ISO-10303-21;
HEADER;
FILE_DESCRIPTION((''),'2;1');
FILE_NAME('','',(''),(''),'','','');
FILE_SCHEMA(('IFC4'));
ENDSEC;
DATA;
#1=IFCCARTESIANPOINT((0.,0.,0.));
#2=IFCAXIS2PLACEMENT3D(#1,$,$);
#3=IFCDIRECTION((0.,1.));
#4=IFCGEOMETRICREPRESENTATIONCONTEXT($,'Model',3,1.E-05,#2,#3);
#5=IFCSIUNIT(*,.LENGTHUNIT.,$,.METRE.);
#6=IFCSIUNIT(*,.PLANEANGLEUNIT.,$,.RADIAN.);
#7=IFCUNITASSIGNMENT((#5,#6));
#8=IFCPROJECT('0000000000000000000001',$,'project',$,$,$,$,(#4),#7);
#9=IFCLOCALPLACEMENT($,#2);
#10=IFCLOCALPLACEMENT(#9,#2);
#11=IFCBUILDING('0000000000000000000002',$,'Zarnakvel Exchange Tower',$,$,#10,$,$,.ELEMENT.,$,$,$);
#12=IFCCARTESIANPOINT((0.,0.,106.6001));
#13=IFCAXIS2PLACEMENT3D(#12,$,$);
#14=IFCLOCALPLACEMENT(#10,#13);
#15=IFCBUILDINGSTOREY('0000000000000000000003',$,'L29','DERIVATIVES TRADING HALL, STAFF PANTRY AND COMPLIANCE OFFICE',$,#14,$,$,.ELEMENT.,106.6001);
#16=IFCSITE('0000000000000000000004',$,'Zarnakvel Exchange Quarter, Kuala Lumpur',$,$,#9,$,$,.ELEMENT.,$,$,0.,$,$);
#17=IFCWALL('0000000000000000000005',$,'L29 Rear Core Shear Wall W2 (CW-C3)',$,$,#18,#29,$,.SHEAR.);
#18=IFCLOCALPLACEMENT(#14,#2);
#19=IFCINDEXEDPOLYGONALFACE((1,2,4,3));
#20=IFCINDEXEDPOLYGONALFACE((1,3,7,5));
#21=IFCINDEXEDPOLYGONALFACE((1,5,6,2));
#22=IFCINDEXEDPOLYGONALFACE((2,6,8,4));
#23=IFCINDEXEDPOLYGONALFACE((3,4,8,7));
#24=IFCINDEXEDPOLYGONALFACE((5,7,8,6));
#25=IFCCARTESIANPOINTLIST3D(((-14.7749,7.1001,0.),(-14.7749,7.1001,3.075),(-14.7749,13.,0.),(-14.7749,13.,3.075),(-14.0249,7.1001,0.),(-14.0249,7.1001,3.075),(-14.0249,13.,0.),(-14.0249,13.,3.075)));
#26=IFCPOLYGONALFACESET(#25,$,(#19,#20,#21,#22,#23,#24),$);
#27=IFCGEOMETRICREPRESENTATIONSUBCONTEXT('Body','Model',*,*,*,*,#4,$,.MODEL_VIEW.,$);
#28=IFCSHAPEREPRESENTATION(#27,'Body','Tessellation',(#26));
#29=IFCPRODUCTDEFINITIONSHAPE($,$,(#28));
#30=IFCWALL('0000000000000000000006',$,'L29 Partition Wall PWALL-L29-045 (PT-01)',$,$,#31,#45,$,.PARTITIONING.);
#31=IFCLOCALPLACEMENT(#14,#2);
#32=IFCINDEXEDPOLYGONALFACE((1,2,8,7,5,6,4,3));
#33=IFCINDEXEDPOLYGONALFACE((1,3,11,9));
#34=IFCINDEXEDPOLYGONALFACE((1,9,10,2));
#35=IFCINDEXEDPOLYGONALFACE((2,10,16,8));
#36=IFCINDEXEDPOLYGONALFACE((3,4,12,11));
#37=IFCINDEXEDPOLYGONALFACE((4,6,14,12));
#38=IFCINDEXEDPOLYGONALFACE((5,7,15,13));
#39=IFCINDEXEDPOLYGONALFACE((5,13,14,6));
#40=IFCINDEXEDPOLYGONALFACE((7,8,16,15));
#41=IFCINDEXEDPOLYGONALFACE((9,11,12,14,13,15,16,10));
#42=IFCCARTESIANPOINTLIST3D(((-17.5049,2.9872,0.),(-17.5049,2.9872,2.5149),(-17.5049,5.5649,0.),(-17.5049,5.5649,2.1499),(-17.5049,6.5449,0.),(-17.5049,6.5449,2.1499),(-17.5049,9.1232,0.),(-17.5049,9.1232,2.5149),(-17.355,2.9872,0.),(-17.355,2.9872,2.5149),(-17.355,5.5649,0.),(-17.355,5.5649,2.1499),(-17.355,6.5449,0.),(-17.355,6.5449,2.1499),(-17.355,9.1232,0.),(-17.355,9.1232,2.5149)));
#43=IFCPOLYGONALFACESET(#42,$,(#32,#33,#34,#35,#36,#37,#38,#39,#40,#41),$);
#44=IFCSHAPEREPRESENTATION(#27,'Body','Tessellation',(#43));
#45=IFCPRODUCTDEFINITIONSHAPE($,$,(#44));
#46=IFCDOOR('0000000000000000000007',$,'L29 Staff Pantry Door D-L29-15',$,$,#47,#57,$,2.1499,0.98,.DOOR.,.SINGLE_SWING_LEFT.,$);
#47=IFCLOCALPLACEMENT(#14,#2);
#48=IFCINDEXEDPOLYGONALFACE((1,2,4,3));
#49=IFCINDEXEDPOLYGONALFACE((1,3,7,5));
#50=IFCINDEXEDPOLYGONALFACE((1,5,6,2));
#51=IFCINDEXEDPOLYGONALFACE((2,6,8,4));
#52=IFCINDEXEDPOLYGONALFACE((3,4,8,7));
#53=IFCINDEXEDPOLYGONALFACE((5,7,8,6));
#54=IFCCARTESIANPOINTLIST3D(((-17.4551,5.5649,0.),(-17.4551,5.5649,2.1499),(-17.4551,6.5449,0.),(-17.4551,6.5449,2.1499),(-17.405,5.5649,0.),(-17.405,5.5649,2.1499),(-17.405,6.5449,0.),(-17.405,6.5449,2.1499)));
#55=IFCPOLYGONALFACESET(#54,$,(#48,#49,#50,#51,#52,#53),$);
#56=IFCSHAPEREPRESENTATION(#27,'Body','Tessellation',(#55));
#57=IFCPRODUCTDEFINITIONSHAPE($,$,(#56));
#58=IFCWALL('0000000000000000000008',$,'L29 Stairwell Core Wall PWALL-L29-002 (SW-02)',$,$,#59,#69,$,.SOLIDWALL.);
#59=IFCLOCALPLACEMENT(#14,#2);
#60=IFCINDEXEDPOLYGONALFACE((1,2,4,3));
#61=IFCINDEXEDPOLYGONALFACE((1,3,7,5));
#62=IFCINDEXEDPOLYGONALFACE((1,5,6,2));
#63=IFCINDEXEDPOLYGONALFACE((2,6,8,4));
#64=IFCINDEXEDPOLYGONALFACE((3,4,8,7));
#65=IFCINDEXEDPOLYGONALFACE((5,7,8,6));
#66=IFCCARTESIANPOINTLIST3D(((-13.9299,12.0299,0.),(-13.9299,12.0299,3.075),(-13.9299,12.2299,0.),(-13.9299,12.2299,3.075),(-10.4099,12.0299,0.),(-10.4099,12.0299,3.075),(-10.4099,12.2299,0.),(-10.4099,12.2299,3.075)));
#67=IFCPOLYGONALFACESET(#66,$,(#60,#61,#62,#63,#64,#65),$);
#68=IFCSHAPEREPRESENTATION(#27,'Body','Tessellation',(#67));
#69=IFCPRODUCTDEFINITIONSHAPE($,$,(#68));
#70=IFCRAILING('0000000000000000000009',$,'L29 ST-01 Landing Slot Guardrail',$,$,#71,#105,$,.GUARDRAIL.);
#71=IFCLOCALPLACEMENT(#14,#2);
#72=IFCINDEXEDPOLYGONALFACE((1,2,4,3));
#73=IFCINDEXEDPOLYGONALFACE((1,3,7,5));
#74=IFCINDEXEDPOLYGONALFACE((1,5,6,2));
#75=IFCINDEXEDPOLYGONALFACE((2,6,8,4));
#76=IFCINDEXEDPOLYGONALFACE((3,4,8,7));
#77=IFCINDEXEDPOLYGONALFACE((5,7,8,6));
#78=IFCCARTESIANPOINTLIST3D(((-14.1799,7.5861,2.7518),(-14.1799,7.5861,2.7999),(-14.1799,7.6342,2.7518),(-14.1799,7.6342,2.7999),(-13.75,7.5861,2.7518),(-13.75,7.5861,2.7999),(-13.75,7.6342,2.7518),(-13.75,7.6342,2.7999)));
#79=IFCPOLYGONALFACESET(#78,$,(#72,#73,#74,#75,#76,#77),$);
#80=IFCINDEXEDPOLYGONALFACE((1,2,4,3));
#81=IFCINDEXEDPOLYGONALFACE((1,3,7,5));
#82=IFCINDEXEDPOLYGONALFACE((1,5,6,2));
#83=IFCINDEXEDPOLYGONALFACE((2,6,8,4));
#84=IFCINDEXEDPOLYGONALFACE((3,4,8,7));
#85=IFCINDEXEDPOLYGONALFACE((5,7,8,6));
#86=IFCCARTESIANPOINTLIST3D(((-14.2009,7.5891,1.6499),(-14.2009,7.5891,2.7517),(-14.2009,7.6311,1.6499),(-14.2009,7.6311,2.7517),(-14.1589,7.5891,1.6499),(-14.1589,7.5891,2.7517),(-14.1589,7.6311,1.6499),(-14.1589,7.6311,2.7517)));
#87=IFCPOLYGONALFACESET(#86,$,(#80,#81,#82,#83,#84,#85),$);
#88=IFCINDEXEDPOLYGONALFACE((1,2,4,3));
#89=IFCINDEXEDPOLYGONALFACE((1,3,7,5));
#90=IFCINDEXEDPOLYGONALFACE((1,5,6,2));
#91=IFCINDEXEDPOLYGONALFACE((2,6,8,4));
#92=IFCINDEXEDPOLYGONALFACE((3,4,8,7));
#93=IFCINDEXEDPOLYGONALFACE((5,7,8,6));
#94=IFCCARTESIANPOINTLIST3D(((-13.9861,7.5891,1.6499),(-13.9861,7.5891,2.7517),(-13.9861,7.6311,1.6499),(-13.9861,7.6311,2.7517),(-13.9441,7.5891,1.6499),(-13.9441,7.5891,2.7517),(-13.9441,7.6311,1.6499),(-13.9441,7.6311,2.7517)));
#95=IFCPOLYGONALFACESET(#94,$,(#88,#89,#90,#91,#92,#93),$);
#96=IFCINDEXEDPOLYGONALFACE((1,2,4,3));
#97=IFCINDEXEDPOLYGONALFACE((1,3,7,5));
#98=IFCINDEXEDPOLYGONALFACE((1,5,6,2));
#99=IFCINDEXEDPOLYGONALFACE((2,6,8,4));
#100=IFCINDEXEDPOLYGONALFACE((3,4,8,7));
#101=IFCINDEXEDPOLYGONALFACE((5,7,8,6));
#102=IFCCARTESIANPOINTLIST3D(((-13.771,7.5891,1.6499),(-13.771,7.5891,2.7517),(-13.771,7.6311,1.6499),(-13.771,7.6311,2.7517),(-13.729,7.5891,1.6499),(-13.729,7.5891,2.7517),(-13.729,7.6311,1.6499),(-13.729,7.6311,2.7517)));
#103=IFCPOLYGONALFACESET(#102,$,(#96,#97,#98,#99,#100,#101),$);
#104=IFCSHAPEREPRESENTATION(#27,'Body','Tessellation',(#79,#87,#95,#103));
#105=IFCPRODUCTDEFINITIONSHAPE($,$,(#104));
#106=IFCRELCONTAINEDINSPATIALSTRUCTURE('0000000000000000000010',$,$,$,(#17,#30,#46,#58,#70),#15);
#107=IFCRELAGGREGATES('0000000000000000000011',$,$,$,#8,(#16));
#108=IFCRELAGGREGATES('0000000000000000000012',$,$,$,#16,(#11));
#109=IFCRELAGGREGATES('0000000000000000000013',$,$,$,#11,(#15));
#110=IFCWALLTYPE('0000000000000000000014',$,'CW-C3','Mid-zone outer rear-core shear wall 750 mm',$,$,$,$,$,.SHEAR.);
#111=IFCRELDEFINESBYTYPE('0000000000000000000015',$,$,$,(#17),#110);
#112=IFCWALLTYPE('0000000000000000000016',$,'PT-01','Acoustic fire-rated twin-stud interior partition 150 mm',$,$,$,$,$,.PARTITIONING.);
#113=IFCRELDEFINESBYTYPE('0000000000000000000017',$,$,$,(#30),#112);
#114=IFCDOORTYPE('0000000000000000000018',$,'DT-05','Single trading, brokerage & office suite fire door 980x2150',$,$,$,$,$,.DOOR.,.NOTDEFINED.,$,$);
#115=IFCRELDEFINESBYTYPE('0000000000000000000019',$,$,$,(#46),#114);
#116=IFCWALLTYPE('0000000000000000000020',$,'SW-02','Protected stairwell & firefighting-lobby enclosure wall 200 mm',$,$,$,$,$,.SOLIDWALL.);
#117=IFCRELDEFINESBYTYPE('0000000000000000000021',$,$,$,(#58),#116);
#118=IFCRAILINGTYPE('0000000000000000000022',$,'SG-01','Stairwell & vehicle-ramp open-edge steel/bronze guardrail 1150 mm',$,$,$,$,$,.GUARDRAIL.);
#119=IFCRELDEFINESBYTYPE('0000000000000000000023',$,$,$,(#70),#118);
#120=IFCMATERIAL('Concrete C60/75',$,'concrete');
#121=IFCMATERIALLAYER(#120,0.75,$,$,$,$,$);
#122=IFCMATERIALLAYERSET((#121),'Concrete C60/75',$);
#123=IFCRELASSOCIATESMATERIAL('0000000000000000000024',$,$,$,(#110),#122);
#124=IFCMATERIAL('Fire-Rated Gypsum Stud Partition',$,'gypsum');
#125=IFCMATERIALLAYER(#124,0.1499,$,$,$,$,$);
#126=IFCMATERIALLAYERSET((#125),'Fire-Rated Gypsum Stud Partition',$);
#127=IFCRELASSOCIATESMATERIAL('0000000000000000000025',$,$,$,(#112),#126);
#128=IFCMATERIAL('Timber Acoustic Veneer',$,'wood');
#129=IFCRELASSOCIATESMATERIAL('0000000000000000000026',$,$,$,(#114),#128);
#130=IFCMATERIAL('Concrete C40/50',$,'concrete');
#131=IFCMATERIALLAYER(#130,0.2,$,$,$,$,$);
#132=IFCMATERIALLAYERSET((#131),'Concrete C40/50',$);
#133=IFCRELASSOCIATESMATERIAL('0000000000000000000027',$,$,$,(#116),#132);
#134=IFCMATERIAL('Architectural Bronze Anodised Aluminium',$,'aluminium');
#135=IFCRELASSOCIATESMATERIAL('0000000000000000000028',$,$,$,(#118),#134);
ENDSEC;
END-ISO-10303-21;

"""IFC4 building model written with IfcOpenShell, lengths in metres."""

from ifc_helpers import new_model, si_unit, direction, frame, frame_2d, origin, origin_2d, place, context, subcontext, project, spatial, rectangle, extrude, source, transform, mapped, material, layer, layer_set, type_object, element, fill, save


model = new_model("IFC4")

# Units and contexts
model_context = context("Model", 3, precision=1e-05, world=origin(), true_north=direction((0.0, 1.0)))
body_context = subcontext(model_context, "Body", "Model", "MODEL_VIEW")
ifc_project = project(units=[si_unit("LENGTHUNIT", "METRE"), si_unit("PLANEANGLEUNIT", "RADIAN")], contexts=[model_context])

# Site, building, storey
site_placement = place(None, origin())
site = spatial("IfcSite", under=ifc_project, at=site_placement, Name="Zarnakvel Exchange Quarter, Kuala Lumpur", CompositionType="ELEMENT", RefElevation=0.0)
building_placement = place(site_placement, origin())
building = spatial("IfcBuilding", under=site, at=building_placement, Name="Zarnakvel Exchange Tower", CompositionType="ELEMENT")
storey_placement = place(building_placement, frame((0.0, 0.0, 106.6001)))
storey = spatial("IfcBuildingStorey", under=building, at=storey_placement, Name="L29", Description="DERIVATIVES TRADING HALL, STAFF PANTRY AND COMPLIANCE OFFICE", CompositionType="ELEMENT", Elevation=106.6001)

# Shared definitions
ifc_material_1 = material(Name="Concrete C60/75", Category="concrete")

# Shared definitions
ifc_material_2 = material(Name="Architectural Bronze Anodised Aluminium", Category="aluminium")

# Wall
ifc_layer_1 = layer(ifc_material_1, 0.75)
ifc_layer_set_1 = layer_set([ifc_layer_1], Name="Concrete C60/75")
wall_type_1 = type_object("IfcWallType", Name="CW-C3", Description="Mid-zone outer rear-core shear wall 750 mm", PredefinedType="SHEAR", material=ifc_layer_set_1)
wall_1_placement = place(storey_placement, frame((-14.3999, 7.1001, 0.0), z_axis=(0.0, 0.0, 1.0), x_axis=(0.0, 1.0, 0.0)))
element("IfcWall", 1, at=wall_1_placement, inside=storey, type_object=wall_type_1, Name="L29 Rear Core Shear Wall W2 (CW-C3)", PredefinedType="SHEAR", context=body_context, shape_type="SweptSolid", body=[
    extrude(rectangle(XDim=5.8999, YDim=0.75, at=frame_2d((2.95, 0.0))), origin(), (0.0, 0.0, 1.0), 3.075),
])

# Wall, opening, door
ifc_material_3 = material(Name="Fire-Rated Gypsum Stud Partition", Category="gypsum")
ifc_layer_2 = layer(ifc_material_3, 0.1499)
ifc_layer_set_2 = layer_set([ifc_layer_2], Name="Fire-Rated Gypsum Stud Partition")
wall_type_2 = type_object("IfcWallType", Name="PT-01", Description="Acoustic fire-rated twin-stud interior partition 150 mm", PredefinedType="PARTITIONING", material=ifc_layer_set_2)
wall_2_placement = place(storey_placement, frame((-17.4299, 9.123, 0.0), z_axis=(0.0, 0.0, 1.0), x_axis=(0.0, -1.0, 0.0)))
wall_2 = element("IfcWall", 2, at=wall_2_placement, inside=storey, type_object=wall_type_2, Name="L29 Partition Wall PWALL-L29-045 (PT-01)", PredefinedType="PARTITIONING", context=body_context, shape_type="SweptSolid", body=[
    extrude(rectangle(XDim=6.136, YDim=0.1499, at=frame_2d((3.0679, 0.0))), origin(), (0.0, 0.0, 1.0), 2.5149),
])
opening_1_placement = place(wall_2_placement, frame((2.5781, 0.0, 0.0)))
opening_1 = element("IfcOpeningElement", 3, at=opening_1_placement, cuts=wall_2, PredefinedType="OPENING", context=body_context, shape_type="SweptSolid", body=[
    extrude(rectangle(XDim=0.98, YDim=2.1499, at=frame_2d((0.49, 1.075))), frame((0.0, 0.085, 0.0), z_axis=(0.0, -1.0, 0.0), x_axis=(1.0, 0.0, 0.0)), (0.0, 0.0, 1.0), 0.1699),
])
ifc_material_4 = material(Name="Timber Acoustic Veneer", Category="wood")
door_type = type_object("IfcDoorType", Name="DT-05", Description="Single trading, brokerage & office suite fire door 980x2150", OperationType="NOTDEFINED", PredefinedType="DOOR", material=ifc_material_4)
shared_shape_1 = source(origin(), body_context, "Body", "SweptSolid", [
    extrude(rectangle(XDim=0.98, YDim=2.1499, at=frame_2d((0.49, 1.075))), frame((0.0, 0.0249, 0.0), z_axis=(0.0, -1.0, 0.0), x_axis=(1.0, 0.0, 0.0)), (0.0, 0.0, 1.0), 0.05),
])
door_1_placement = place(opening_1_placement, origin())
door_1 = element("IfcDoor", 4, at=door_1_placement, inside=storey, type_object=door_type, Name="L29 Staff Pantry Door D-L29-15", OperationType="SINGLE_SWING_LEFT", OverallHeight=2.1499, OverallWidth=0.98, PredefinedType="DOOR", context=body_context, shape_type="MappedRepresentation", body=[
    mapped(shared_shape_1, transform((0.0, 0.0, 0.0), x_axis=(1.0, 0.0, 0.0), y_axis=(0.0, 1.0, 0.0), z_axis=(0.0, 0.0, 1.0), scale=1.0)),
])
fill(opening_1, door_1)

# Wall
ifc_material_5 = material(Name="Concrete C40/50", Category="concrete")
ifc_layer_3 = layer(ifc_material_5, 0.2)
ifc_layer_set_3 = layer_set([ifc_layer_3], Name="Concrete C40/50")
wall_type_3 = type_object("IfcWallType", Name="SW-02", Description="Protected stairwell & firefighting-lobby enclosure wall 200 mm", PredefinedType="SOLIDWALL", material=ifc_layer_set_3)
wall_3_placement = place(storey_placement, frame((-13.9299, 12.1299, 0.0), z_axis=(0.0, 0.0, 1.0), x_axis=(1.0, 0.0, 0.0)))
element("IfcWall", 5, at=wall_3_placement, inside=storey, type_object=wall_type_3, Name="L29 Stairwell Core Wall PWALL-L29-002 (SW-02)", PredefinedType="SOLIDWALL", context=body_context, shape_type="SweptSolid", body=[
    extrude(rectangle(XDim=3.52, YDim=0.2, at=frame_2d((1.76, 0.0))), origin(), (0.0, 0.0, 1.0), 3.075),
])

# Railing
railing_type = type_object("IfcRailingType", Name="SG-01", Description="Stairwell & vehicle-ramp open-edge steel/bronze guardrail 1150 mm", PredefinedType="GUARDRAIL", material=ifc_material_2)
railing_placement = place(storey_placement, frame((-14.1799, 7.6101, 1.6499)))
element("IfcRailing", 6, at=railing_placement, inside=storey, type_object=railing_type, Name="L29 ST-01 Landing Slot Guardrail", PredefinedType="GUARDRAIL", context=body_context, shape_type="SweptSolid", body=[
    extrude(rectangle(XDim=0.0481, YDim=0.0481, at=origin_2d()), frame((0.0, 0.0, 1.126), z_axis=(1.0, 0.0, 0.0), x_axis=(0.0, 1.0, 0.0)), (0.0, 0.0, 1.0), 0.4299),
    extrude(rectangle(XDim=0.042, YDim=0.042, at=origin_2d()), origin(), (0.0, 0.0, 1.0), 1.1018),
    extrude(rectangle(XDim=0.042, YDim=0.042, at=origin_2d()), frame((0.2148, 0.0, 0.0)), (0.0, 0.0, 1.0), 1.1018),
    extrude(rectangle(XDim=0.042, YDim=0.042, at=origin_2d()), frame((0.4299, 0.0, 0.0)), (0.0, 0.0, 1.0), 1.1018),
])

save(model, "model.ifc")
